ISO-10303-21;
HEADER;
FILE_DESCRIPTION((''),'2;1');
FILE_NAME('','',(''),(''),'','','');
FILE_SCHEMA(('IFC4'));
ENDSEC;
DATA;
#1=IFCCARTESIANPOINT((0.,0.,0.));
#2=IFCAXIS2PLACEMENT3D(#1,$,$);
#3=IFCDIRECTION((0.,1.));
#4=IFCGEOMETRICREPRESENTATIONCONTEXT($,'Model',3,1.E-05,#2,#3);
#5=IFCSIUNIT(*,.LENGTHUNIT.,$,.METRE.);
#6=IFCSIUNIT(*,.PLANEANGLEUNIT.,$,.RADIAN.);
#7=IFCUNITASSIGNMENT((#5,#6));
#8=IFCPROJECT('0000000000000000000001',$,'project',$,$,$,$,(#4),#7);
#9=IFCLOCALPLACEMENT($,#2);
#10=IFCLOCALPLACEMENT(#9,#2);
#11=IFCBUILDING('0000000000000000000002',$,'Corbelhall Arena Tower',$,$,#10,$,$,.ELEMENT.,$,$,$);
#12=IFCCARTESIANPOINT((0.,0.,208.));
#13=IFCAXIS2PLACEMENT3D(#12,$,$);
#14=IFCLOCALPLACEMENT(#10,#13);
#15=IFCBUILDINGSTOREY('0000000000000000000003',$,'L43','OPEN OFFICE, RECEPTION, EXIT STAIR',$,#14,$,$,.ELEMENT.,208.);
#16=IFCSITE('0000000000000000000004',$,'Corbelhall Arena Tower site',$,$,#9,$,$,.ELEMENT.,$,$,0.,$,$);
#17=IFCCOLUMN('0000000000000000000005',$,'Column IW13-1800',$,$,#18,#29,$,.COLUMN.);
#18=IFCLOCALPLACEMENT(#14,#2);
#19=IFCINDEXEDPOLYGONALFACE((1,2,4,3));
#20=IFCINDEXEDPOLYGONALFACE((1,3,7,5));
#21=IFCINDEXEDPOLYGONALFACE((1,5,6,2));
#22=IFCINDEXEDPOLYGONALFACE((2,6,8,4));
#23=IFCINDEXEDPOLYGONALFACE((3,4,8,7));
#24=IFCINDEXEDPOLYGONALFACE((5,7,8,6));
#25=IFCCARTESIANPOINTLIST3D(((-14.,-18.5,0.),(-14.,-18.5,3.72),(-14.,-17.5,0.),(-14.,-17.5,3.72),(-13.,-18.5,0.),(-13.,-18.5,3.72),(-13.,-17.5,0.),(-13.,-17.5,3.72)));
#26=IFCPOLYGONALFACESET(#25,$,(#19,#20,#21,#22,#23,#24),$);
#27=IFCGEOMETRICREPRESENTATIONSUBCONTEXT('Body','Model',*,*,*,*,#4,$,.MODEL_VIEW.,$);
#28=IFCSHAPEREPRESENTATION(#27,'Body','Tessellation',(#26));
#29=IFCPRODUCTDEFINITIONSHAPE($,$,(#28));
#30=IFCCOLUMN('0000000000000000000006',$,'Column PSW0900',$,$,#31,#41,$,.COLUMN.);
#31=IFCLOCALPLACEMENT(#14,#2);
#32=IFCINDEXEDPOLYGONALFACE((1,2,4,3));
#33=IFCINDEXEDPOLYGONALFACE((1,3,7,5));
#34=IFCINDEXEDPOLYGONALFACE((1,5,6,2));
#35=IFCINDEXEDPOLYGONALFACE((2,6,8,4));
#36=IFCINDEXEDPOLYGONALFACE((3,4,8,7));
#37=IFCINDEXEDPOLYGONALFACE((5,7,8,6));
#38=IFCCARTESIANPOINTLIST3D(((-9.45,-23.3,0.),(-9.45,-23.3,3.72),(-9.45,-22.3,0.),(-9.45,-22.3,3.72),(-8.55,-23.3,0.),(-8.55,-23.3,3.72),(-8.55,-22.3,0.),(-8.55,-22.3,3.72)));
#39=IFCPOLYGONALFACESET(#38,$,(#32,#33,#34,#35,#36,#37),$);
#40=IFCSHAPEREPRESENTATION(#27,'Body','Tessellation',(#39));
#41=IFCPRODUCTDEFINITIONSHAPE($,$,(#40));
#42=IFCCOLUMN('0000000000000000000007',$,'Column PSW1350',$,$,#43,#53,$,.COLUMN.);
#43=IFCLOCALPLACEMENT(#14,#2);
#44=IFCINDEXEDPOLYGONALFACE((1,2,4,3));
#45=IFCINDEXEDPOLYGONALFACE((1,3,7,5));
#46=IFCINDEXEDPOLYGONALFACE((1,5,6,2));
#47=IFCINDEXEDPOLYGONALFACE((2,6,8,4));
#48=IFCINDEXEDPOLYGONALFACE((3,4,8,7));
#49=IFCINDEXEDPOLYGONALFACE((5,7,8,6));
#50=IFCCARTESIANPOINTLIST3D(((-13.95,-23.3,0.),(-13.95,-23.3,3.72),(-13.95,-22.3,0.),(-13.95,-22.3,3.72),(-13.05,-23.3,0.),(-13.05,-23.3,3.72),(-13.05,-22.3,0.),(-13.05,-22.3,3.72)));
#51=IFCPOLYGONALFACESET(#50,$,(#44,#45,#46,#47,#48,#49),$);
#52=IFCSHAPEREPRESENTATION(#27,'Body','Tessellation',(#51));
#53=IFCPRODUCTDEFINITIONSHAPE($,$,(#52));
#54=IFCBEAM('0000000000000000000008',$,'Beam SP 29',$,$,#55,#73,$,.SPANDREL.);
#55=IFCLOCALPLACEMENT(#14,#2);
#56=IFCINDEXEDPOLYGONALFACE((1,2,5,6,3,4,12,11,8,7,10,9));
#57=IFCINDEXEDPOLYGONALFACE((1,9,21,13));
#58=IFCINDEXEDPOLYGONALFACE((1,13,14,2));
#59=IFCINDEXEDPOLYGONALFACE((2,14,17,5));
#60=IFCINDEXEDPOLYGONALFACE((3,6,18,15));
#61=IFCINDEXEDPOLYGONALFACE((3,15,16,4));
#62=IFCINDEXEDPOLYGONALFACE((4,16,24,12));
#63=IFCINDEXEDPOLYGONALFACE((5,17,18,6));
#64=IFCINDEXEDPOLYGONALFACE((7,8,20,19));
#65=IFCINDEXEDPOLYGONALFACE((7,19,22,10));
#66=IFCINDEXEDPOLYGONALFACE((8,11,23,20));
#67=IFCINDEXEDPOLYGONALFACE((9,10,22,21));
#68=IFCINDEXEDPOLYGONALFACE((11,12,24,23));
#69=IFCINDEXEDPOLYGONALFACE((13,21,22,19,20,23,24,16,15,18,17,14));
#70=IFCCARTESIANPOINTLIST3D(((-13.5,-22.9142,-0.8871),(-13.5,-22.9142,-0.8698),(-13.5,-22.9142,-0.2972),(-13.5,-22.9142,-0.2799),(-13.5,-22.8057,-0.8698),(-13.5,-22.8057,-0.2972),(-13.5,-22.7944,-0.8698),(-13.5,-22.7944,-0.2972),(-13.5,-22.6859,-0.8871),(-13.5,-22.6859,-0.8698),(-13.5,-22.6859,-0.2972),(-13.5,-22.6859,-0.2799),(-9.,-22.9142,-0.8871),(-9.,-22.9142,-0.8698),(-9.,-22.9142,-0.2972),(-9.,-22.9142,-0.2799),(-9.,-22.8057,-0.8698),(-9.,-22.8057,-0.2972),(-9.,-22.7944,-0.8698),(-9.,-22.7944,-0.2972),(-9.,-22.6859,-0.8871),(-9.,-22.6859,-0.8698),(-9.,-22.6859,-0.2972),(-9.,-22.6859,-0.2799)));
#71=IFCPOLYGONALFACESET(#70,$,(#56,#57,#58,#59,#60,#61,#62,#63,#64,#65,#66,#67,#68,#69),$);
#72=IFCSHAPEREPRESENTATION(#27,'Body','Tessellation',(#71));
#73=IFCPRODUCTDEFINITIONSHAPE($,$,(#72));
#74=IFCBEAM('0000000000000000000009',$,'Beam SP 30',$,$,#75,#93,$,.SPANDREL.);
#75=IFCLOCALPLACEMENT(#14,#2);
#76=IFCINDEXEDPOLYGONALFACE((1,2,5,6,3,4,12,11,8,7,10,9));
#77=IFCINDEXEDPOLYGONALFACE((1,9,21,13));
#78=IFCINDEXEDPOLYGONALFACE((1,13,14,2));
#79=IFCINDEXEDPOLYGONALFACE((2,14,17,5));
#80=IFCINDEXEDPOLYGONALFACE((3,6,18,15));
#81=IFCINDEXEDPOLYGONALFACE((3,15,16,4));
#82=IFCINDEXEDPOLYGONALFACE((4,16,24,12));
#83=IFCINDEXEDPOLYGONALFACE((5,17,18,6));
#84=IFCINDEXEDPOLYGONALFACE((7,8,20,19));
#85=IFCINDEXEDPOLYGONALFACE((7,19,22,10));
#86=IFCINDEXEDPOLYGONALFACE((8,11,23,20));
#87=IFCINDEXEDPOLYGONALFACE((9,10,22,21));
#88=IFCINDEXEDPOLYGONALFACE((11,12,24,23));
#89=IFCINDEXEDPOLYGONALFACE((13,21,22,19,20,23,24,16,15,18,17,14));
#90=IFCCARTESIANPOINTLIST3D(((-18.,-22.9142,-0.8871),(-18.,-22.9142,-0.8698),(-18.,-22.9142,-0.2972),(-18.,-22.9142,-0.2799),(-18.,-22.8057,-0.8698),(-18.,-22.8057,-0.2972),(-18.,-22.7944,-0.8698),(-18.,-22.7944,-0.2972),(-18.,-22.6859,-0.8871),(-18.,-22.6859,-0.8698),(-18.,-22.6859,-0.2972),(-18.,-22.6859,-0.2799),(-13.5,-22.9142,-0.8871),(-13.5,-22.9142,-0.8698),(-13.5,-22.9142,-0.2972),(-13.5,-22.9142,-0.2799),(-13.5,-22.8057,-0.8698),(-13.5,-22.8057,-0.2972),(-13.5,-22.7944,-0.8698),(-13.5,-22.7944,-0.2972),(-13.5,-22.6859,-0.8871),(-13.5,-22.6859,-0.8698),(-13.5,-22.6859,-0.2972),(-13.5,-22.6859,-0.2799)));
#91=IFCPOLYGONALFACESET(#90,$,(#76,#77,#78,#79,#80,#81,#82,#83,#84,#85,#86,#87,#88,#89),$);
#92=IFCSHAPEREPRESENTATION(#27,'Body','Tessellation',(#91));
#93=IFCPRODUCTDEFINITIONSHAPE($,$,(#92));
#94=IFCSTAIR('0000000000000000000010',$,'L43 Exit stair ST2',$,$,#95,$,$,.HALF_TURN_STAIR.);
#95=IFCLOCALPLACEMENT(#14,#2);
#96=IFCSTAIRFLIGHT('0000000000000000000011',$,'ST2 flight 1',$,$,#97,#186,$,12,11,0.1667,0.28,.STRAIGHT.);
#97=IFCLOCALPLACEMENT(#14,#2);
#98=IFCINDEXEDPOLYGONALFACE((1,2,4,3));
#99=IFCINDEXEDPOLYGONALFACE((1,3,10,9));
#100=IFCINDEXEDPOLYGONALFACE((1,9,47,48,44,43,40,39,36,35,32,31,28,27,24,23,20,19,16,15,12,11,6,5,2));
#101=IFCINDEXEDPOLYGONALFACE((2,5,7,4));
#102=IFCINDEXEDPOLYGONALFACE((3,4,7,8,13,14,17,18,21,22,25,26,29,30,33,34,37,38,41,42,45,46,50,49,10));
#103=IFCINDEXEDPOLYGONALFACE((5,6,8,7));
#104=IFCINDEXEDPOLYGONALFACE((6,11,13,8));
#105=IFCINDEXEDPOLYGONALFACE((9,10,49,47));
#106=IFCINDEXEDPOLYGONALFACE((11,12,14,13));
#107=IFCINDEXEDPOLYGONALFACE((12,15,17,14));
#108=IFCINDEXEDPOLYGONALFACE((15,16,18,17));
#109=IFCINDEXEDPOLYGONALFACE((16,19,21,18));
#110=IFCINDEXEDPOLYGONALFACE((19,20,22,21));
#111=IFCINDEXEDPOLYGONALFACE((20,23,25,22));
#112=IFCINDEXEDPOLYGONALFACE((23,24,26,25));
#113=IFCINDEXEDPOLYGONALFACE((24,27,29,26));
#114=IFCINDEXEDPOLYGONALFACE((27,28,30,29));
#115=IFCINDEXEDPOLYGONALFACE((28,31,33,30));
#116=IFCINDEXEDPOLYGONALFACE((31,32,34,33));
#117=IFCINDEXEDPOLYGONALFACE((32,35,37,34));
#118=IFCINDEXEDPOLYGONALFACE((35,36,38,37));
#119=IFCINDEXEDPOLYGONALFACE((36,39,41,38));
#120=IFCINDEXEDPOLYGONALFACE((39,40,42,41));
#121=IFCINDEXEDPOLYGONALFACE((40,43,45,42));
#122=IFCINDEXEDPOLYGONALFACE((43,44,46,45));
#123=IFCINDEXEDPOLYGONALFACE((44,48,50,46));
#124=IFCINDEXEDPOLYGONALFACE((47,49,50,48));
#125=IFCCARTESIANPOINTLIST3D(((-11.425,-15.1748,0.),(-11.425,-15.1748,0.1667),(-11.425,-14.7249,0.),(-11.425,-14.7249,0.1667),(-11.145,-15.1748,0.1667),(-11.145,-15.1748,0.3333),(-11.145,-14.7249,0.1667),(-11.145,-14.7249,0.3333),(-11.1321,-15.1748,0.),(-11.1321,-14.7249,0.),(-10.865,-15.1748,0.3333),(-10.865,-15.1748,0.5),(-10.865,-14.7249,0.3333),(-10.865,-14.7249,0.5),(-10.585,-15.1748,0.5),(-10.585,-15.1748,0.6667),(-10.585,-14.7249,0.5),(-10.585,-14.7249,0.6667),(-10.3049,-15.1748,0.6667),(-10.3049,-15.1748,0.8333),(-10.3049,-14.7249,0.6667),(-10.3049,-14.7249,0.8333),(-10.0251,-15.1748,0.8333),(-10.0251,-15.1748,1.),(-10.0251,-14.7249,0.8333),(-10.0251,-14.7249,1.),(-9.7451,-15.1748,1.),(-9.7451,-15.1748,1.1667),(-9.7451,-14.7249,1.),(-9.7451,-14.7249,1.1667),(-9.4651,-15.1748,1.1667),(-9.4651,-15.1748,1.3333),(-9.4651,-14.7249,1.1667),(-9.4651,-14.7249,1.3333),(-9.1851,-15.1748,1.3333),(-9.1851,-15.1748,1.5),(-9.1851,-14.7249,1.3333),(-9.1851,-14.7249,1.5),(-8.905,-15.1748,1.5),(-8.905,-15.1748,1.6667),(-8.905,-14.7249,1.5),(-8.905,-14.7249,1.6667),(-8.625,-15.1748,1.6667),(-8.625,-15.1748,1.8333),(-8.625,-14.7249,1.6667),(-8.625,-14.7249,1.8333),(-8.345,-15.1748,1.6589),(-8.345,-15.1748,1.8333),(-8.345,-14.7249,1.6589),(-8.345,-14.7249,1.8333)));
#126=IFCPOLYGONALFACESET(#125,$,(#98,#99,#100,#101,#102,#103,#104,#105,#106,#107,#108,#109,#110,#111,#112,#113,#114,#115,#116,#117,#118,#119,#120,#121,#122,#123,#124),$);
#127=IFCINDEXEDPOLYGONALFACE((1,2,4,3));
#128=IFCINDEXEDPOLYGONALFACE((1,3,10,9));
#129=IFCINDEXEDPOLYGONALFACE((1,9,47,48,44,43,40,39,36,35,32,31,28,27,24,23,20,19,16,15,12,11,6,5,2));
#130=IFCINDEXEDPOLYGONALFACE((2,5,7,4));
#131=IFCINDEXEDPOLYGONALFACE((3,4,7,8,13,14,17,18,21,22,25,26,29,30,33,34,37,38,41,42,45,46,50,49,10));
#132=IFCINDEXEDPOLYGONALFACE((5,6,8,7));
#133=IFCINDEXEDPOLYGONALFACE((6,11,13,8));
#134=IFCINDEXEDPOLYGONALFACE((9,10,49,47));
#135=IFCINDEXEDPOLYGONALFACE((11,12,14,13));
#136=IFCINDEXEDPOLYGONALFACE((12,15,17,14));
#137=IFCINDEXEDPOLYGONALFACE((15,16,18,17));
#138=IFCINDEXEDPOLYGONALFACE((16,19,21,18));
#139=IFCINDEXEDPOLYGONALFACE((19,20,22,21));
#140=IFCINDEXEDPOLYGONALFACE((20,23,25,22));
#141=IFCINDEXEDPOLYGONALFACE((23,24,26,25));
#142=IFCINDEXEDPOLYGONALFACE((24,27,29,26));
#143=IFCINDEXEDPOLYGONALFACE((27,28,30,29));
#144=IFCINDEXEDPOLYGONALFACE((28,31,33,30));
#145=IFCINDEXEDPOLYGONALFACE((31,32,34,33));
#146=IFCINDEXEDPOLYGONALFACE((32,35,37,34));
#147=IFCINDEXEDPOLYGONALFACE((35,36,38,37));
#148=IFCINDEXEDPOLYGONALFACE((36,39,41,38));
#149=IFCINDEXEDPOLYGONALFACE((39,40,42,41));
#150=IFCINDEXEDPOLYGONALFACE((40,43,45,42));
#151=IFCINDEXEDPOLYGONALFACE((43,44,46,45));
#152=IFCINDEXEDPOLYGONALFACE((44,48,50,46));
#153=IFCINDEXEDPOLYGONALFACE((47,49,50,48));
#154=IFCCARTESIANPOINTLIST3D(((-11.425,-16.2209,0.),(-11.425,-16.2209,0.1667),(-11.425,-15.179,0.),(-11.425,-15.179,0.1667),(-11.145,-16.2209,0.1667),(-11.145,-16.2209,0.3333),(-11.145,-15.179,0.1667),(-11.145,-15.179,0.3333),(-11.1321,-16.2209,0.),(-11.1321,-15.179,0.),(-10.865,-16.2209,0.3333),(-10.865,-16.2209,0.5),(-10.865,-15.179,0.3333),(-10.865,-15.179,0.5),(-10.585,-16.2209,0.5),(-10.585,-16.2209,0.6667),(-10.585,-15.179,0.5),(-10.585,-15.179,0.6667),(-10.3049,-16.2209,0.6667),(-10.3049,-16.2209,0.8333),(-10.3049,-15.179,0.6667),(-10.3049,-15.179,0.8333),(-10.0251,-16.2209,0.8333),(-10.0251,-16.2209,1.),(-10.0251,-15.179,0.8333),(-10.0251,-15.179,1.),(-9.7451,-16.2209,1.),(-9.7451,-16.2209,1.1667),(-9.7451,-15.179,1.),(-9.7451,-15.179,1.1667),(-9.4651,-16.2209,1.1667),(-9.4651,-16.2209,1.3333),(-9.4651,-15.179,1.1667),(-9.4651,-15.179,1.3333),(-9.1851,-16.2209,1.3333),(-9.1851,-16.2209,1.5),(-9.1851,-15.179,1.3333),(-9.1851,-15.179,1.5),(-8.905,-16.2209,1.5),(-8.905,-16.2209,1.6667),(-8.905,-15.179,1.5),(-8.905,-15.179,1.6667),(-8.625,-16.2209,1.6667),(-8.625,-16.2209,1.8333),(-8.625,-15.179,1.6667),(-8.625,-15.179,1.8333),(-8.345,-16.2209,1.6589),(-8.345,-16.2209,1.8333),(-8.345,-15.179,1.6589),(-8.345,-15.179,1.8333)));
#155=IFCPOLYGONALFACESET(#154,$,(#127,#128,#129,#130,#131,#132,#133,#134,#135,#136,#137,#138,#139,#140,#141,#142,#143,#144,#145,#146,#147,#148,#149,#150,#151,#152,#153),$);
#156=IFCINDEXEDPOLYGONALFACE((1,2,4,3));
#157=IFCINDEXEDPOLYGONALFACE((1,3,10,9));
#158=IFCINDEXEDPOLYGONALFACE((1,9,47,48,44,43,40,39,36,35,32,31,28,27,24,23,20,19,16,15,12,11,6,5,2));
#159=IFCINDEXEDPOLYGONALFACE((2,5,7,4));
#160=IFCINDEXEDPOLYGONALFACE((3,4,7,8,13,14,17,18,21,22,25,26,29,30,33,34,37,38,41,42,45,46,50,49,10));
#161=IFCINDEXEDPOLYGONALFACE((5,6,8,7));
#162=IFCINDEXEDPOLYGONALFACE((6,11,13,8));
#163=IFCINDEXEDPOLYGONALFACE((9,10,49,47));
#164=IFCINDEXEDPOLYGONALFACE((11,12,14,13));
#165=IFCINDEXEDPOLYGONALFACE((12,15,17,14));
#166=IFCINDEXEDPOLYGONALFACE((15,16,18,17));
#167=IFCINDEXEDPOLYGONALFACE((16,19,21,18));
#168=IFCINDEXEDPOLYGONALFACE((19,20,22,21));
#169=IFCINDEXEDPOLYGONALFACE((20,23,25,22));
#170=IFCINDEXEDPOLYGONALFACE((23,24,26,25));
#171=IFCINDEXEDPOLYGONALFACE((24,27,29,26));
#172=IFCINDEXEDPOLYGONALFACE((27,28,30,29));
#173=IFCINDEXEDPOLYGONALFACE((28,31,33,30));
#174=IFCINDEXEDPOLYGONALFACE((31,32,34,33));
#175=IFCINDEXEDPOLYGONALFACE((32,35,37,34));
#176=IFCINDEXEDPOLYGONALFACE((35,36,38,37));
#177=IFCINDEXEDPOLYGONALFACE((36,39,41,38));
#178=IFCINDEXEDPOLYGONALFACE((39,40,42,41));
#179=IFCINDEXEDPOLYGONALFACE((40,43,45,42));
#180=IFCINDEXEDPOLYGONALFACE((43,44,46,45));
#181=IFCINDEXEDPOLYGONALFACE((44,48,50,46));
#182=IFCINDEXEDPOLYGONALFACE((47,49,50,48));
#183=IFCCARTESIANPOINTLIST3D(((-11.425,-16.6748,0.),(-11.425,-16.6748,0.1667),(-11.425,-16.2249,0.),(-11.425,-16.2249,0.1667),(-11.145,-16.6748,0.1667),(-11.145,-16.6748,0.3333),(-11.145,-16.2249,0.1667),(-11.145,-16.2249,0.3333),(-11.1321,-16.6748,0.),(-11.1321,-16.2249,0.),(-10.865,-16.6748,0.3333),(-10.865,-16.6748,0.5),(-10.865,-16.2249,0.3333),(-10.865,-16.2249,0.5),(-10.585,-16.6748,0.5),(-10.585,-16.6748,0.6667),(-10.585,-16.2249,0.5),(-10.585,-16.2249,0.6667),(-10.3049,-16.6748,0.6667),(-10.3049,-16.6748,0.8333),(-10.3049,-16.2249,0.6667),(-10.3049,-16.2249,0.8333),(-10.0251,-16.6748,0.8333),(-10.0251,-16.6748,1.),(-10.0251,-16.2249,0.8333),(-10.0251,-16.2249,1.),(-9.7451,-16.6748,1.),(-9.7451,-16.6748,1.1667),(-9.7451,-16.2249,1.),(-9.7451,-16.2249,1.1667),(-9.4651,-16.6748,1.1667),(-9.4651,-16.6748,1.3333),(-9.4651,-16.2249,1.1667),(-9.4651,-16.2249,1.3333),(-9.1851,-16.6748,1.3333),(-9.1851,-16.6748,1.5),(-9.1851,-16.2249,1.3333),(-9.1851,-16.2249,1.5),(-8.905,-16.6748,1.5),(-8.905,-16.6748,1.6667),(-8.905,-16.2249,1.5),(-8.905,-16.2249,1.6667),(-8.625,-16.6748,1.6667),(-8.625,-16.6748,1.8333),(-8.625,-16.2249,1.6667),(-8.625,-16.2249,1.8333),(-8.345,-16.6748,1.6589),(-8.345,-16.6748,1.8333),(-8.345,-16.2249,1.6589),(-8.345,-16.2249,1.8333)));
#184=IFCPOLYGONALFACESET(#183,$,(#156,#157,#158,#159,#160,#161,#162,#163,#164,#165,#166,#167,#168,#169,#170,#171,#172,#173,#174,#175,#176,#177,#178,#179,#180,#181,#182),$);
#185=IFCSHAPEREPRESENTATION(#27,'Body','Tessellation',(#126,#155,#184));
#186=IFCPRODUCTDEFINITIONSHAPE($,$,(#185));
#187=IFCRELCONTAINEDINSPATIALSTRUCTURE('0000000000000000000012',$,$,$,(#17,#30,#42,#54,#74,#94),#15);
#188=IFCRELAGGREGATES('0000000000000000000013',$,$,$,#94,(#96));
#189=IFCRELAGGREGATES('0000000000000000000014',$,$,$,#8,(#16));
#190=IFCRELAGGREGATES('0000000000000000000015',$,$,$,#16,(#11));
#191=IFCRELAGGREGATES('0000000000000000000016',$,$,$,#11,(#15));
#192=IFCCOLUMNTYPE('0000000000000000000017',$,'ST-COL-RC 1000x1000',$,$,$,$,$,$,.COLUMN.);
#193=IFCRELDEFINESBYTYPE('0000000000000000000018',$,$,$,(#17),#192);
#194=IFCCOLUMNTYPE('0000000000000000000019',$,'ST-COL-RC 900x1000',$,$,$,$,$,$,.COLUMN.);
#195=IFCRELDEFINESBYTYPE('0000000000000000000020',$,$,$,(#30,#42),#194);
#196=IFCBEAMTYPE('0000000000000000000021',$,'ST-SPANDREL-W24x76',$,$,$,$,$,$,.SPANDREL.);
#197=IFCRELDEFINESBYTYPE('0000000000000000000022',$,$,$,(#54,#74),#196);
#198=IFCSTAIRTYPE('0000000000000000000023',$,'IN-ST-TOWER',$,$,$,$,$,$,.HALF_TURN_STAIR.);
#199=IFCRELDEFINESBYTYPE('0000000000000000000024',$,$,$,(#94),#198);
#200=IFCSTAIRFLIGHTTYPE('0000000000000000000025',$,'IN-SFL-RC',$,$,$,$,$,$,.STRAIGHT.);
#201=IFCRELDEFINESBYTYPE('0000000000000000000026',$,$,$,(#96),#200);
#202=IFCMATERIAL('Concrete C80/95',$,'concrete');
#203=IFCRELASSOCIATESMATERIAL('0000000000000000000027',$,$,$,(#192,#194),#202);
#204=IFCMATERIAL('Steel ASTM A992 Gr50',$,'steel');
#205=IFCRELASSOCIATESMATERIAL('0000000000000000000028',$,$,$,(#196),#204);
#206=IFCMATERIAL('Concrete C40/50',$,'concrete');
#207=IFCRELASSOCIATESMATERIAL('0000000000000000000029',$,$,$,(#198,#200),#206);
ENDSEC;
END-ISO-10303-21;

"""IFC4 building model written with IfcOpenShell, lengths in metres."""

from ifc_helpers import new_model, si_unit, direction, frame, origin, origin_2d, place, context, subcontext, project, spatial, polyline, rectangle, i_section, outline, extrude, material, material_profile, profile_set, type_object, element, aggregate, save


model = new_model("IFC4")

# Units and contexts
model_context = context("Model", 3, precision=1e-05, world=origin(), true_north=direction((0.0, 1.0)))
body_context = subcontext(model_context, "Body", "Model", "MODEL_VIEW")
ifc_project = project(units=[si_unit("LENGTHUNIT", "METRE"), si_unit("PLANEANGLEUNIT", "RADIAN")], contexts=[model_context])

# Site, building, storey
site_placement = place(None, origin())
site = spatial("IfcSite", under=ifc_project, at=site_placement, Name="Corbelhall Arena Tower site", CompositionType="ELEMENT", RefElevation=0.0)
building_placement = place(site_placement, origin())
building = spatial("IfcBuilding", under=site, at=building_placement, Name="Corbelhall Arena Tower", CompositionType="ELEMENT")
storey_placement = place(building_placement, frame((0.0, 0.0, 208.0)))
storey = spatial("IfcBuildingStorey", under=building, at=storey_placement, Name="L43", Description="OPEN OFFICE, RECEPTION, EXIT STAIR", CompositionType="ELEMENT", Elevation=208.0)

# Columns
ifc_material_1 = material(Name="Concrete C80/95", Category="concrete")
ifc_material_profile_1 = material_profile(ifc_material_1, rectangle(XDim=1.0, YDim=1.0, at=origin_2d()))
ifc_profile_set_1 = profile_set([ifc_material_profile_1], Name="Concrete C80/95")
column_type_1 = type_object("IfcColumnType", Name="ST-COL-RC 1000x1000", PredefinedType="COLUMN", material=ifc_profile_set_1)
column_placement = place(storey_placement, frame((-13.5, -18.0, 0.0), z_axis=(0.0, 0.0, 1.0), x_axis=(1.0, 0.0, 0.0)))
element("IfcColumn", 1, at=column_placement, inside=storey, type_object=column_type_1, Name="Column IW13-1800", PredefinedType="COLUMN", context=body_context, shape_type="SweptSolid", body=[
    extrude(rectangle(XDim=1.0, YDim=1.0, at=origin_2d()), origin(), (0.0, 0.0, 1.0), 3.72),
])
ifc_material_profile_2 = material_profile(ifc_material_1, rectangle(XDim=0.8999, YDim=1.0, at=origin_2d()))
ifc_profile_set_2 = profile_set([ifc_material_profile_2], Name="Concrete C80/95")
column_type_2 = type_object("IfcColumnType", Name="ST-COL-RC 900x1000", PredefinedType="COLUMN", material=ifc_profile_set_2)
for number, where, z_axis, x_axis, name in (
    (2, (-9.0, -22.8, 0.0), (0.0, 0.0, 1.0), (1.0, 0.0, 0.0), "Column PSW0900"),
    (3, (-13.5, -22.8, 0.0), (0.0, 0.0, 1.0), (1.0, 0.0, 0.0), "Column PSW1350"),
):
    element("IfcColumn", number, at=place(storey_placement, frame(where, z_axis=z_axis, x_axis=x_axis)), inside=storey, type_object=column_type_2, Name=name, PredefinedType="COLUMN", context=body_context, shape_type="SweptSolid", body=[
        extrude(rectangle(XDim=0.8999, YDim=1.0, at=origin_2d()), origin(), (0.0, 0.0, 1.0), 3.72),
    ])

# Beams
ifc_material_2 = material(Name="Steel ASTM A992 Gr50", Category="steel")
ifc_material_profile_3 = material_profile(ifc_material_2, i_section(OverallWidth=0.2283, OverallDepth=0.6072, WebThickness=0.0112, FlangeThickness=0.0173, at=origin_2d()))
ifc_profile_set_3 = profile_set([ifc_material_profile_3], Name="Steel ASTM A992 Gr50")
beam_type = type_object("IfcBeamType", Name="ST-SPANDREL-W24x76", PredefinedType="SPANDREL", material=ifc_profile_set_3)
for number, where, z_axis, x_axis, name in (
    (4, (-9.0, -22.8, -0.5835), (-1.0, 0.0, 0.0), (0.0, -1.0, 0.0), "Beam SP 29"),
    (5, (-13.5, -22.8, -0.5835), (-1.0, 0.0, 0.0), (0.0, -1.0, 0.0), "Beam SP 30"),
):
    element("IfcBeam", number, at=place(storey_placement, frame(where, z_axis=z_axis, x_axis=x_axis)), inside=storey, type_object=beam_type, Name=name, PredefinedType="SPANDREL", context=body_context, shape_type="SweptSolid", body=[
        extrude(i_section(OverallWidth=0.2283, OverallDepth=0.6072, WebThickness=0.0112, FlangeThickness=0.0173, at=origin_2d()), origin(), (0.0, 0.0, 1.0), 4.5),
    ])

# Stair, stair flight
ifc_material_3 = material(Name="Concrete C40/50", Category="concrete")
stair_type = type_object("IfcStairType", Name="IN-ST-TOWER", PredefinedType="HALF_TURN_STAIR", material=ifc_material_3)
stair_placement = place(storey_placement, origin())
stair = element("IfcStair", 6, at=stair_placement, inside=storey, type_object=stair_type, Name="L43 Exit stair ST2", PredefinedType="HALF_TURN_STAIR")
stair_flight_type = type_object("IfcStairFlightType", Name="IN-SFL-RC", PredefinedType="STRAIGHT", material=ifc_material_3)
stair_flight_1_placement = place(storey_placement, frame((-11.425, -15.7, 0.0), z_axis=(0.0, 0.0, 1.0), x_axis=(1.0, 0.0, 0.0)))
stair_flight_1 = element("IfcStairFlight", 7, at=stair_flight_1_placement, type_object=stair_flight_type, Name="ST2 flight 1", NumberOfRisers=12, NumberOfTreads=11, PredefinedType="STRAIGHT", RiserHeight=0.1667, TreadLength=0.28, context=body_context, shape_type="SweptSolid", body=[
    extrude(outline(polyline([(0.0, 0.0), (0.0, 0.1667), (0.28, 0.1667), (0.28, 0.3333), (0.5601, 0.3333), (0.5601, 0.5), (0.8401, 0.5), (0.8401, 0.6667), (1.1201, 0.6667), (1.1201, 0.8333), (1.3999, 0.8333), (1.3999, 1.0), (1.6799, 1.0), (1.6799, 1.1667), (1.96, 1.1667), (1.96, 1.3333), (2.24, 1.3333), (2.24, 1.5), (2.52, 1.5), (2.52, 1.6667), (2.8, 1.6667), (2.8, 1.8333), (3.0801, 1.8333), (3.0801, 2.0), (3.0801, 1.6589), (0.293, 0.0), (0.0, 0.0)])), frame((0.0, 0.9751, 0.0), z_axis=(0.0, -1.0, 0.0), x_axis=(1.0, 0.0, 0.0)), (0.0, 0.0, 1.0), 0.45),
    extrude(outline(polyline([(0.0, 0.0), (0.0, 0.1667), (0.28, 0.1667), (0.28, 0.3333), (0.5601, 0.3333), (0.5601, 0.5), (0.8401, 0.5), (0.8401, 0.6667), (1.1201, 0.6667), (1.1201, 0.8333), (1.3999, 0.8333), (1.3999, 1.0), (1.6799, 1.0), (1.6799, 1.1667), (1.96, 1.1667), (1.96, 1.3333), (2.24, 1.3333), (2.24, 1.5), (2.52, 1.5), (2.52, 1.6667), (2.8, 1.6667), (2.8, 1.8333), (3.0801, 1.8333), (3.0801, 2.0), (3.0801, 1.6589), (0.293, 0.0), (0.0, 0.0)])), frame((0.0, 0.521, 0.0), z_axis=(0.0, -1.0, 0.0), x_axis=(1.0, 0.0, 0.0)), (0.0, 0.0, 1.0), 1.042),
    extrude(outline(polyline([(0.0, 0.0), (0.0, 0.1667), (0.28, 0.1667), (0.28, 0.3333), (0.5601, 0.3333), (0.5601, 0.5), (0.8401, 0.5), (0.8401, 0.6667), (1.1201, 0.6667), (1.1201, 0.8333), (1.3999, 0.8333), (1.3999, 1.0), (1.6799, 1.0), (1.6799, 1.1667), (1.96, 1.1667), (1.96, 1.3333), (2.24, 1.3333), (2.24, 1.5), (2.52, 1.5), (2.52, 1.6667), (2.8, 1.6667), (2.8, 1.8333), (3.0801, 1.8333), (3.0801, 2.0), (3.0801, 1.6589), (0.293, 0.0), (0.0, 0.0)])), frame((0.0, -0.5249, 0.0), z_axis=(0.0, -1.0, 0.0), x_axis=(1.0, 0.0, 0.0)), (0.0, 0.0, 1.0), 0.45),
])
aggregate(stair, [stair_flight_1])

save(model, "model.ifc")
